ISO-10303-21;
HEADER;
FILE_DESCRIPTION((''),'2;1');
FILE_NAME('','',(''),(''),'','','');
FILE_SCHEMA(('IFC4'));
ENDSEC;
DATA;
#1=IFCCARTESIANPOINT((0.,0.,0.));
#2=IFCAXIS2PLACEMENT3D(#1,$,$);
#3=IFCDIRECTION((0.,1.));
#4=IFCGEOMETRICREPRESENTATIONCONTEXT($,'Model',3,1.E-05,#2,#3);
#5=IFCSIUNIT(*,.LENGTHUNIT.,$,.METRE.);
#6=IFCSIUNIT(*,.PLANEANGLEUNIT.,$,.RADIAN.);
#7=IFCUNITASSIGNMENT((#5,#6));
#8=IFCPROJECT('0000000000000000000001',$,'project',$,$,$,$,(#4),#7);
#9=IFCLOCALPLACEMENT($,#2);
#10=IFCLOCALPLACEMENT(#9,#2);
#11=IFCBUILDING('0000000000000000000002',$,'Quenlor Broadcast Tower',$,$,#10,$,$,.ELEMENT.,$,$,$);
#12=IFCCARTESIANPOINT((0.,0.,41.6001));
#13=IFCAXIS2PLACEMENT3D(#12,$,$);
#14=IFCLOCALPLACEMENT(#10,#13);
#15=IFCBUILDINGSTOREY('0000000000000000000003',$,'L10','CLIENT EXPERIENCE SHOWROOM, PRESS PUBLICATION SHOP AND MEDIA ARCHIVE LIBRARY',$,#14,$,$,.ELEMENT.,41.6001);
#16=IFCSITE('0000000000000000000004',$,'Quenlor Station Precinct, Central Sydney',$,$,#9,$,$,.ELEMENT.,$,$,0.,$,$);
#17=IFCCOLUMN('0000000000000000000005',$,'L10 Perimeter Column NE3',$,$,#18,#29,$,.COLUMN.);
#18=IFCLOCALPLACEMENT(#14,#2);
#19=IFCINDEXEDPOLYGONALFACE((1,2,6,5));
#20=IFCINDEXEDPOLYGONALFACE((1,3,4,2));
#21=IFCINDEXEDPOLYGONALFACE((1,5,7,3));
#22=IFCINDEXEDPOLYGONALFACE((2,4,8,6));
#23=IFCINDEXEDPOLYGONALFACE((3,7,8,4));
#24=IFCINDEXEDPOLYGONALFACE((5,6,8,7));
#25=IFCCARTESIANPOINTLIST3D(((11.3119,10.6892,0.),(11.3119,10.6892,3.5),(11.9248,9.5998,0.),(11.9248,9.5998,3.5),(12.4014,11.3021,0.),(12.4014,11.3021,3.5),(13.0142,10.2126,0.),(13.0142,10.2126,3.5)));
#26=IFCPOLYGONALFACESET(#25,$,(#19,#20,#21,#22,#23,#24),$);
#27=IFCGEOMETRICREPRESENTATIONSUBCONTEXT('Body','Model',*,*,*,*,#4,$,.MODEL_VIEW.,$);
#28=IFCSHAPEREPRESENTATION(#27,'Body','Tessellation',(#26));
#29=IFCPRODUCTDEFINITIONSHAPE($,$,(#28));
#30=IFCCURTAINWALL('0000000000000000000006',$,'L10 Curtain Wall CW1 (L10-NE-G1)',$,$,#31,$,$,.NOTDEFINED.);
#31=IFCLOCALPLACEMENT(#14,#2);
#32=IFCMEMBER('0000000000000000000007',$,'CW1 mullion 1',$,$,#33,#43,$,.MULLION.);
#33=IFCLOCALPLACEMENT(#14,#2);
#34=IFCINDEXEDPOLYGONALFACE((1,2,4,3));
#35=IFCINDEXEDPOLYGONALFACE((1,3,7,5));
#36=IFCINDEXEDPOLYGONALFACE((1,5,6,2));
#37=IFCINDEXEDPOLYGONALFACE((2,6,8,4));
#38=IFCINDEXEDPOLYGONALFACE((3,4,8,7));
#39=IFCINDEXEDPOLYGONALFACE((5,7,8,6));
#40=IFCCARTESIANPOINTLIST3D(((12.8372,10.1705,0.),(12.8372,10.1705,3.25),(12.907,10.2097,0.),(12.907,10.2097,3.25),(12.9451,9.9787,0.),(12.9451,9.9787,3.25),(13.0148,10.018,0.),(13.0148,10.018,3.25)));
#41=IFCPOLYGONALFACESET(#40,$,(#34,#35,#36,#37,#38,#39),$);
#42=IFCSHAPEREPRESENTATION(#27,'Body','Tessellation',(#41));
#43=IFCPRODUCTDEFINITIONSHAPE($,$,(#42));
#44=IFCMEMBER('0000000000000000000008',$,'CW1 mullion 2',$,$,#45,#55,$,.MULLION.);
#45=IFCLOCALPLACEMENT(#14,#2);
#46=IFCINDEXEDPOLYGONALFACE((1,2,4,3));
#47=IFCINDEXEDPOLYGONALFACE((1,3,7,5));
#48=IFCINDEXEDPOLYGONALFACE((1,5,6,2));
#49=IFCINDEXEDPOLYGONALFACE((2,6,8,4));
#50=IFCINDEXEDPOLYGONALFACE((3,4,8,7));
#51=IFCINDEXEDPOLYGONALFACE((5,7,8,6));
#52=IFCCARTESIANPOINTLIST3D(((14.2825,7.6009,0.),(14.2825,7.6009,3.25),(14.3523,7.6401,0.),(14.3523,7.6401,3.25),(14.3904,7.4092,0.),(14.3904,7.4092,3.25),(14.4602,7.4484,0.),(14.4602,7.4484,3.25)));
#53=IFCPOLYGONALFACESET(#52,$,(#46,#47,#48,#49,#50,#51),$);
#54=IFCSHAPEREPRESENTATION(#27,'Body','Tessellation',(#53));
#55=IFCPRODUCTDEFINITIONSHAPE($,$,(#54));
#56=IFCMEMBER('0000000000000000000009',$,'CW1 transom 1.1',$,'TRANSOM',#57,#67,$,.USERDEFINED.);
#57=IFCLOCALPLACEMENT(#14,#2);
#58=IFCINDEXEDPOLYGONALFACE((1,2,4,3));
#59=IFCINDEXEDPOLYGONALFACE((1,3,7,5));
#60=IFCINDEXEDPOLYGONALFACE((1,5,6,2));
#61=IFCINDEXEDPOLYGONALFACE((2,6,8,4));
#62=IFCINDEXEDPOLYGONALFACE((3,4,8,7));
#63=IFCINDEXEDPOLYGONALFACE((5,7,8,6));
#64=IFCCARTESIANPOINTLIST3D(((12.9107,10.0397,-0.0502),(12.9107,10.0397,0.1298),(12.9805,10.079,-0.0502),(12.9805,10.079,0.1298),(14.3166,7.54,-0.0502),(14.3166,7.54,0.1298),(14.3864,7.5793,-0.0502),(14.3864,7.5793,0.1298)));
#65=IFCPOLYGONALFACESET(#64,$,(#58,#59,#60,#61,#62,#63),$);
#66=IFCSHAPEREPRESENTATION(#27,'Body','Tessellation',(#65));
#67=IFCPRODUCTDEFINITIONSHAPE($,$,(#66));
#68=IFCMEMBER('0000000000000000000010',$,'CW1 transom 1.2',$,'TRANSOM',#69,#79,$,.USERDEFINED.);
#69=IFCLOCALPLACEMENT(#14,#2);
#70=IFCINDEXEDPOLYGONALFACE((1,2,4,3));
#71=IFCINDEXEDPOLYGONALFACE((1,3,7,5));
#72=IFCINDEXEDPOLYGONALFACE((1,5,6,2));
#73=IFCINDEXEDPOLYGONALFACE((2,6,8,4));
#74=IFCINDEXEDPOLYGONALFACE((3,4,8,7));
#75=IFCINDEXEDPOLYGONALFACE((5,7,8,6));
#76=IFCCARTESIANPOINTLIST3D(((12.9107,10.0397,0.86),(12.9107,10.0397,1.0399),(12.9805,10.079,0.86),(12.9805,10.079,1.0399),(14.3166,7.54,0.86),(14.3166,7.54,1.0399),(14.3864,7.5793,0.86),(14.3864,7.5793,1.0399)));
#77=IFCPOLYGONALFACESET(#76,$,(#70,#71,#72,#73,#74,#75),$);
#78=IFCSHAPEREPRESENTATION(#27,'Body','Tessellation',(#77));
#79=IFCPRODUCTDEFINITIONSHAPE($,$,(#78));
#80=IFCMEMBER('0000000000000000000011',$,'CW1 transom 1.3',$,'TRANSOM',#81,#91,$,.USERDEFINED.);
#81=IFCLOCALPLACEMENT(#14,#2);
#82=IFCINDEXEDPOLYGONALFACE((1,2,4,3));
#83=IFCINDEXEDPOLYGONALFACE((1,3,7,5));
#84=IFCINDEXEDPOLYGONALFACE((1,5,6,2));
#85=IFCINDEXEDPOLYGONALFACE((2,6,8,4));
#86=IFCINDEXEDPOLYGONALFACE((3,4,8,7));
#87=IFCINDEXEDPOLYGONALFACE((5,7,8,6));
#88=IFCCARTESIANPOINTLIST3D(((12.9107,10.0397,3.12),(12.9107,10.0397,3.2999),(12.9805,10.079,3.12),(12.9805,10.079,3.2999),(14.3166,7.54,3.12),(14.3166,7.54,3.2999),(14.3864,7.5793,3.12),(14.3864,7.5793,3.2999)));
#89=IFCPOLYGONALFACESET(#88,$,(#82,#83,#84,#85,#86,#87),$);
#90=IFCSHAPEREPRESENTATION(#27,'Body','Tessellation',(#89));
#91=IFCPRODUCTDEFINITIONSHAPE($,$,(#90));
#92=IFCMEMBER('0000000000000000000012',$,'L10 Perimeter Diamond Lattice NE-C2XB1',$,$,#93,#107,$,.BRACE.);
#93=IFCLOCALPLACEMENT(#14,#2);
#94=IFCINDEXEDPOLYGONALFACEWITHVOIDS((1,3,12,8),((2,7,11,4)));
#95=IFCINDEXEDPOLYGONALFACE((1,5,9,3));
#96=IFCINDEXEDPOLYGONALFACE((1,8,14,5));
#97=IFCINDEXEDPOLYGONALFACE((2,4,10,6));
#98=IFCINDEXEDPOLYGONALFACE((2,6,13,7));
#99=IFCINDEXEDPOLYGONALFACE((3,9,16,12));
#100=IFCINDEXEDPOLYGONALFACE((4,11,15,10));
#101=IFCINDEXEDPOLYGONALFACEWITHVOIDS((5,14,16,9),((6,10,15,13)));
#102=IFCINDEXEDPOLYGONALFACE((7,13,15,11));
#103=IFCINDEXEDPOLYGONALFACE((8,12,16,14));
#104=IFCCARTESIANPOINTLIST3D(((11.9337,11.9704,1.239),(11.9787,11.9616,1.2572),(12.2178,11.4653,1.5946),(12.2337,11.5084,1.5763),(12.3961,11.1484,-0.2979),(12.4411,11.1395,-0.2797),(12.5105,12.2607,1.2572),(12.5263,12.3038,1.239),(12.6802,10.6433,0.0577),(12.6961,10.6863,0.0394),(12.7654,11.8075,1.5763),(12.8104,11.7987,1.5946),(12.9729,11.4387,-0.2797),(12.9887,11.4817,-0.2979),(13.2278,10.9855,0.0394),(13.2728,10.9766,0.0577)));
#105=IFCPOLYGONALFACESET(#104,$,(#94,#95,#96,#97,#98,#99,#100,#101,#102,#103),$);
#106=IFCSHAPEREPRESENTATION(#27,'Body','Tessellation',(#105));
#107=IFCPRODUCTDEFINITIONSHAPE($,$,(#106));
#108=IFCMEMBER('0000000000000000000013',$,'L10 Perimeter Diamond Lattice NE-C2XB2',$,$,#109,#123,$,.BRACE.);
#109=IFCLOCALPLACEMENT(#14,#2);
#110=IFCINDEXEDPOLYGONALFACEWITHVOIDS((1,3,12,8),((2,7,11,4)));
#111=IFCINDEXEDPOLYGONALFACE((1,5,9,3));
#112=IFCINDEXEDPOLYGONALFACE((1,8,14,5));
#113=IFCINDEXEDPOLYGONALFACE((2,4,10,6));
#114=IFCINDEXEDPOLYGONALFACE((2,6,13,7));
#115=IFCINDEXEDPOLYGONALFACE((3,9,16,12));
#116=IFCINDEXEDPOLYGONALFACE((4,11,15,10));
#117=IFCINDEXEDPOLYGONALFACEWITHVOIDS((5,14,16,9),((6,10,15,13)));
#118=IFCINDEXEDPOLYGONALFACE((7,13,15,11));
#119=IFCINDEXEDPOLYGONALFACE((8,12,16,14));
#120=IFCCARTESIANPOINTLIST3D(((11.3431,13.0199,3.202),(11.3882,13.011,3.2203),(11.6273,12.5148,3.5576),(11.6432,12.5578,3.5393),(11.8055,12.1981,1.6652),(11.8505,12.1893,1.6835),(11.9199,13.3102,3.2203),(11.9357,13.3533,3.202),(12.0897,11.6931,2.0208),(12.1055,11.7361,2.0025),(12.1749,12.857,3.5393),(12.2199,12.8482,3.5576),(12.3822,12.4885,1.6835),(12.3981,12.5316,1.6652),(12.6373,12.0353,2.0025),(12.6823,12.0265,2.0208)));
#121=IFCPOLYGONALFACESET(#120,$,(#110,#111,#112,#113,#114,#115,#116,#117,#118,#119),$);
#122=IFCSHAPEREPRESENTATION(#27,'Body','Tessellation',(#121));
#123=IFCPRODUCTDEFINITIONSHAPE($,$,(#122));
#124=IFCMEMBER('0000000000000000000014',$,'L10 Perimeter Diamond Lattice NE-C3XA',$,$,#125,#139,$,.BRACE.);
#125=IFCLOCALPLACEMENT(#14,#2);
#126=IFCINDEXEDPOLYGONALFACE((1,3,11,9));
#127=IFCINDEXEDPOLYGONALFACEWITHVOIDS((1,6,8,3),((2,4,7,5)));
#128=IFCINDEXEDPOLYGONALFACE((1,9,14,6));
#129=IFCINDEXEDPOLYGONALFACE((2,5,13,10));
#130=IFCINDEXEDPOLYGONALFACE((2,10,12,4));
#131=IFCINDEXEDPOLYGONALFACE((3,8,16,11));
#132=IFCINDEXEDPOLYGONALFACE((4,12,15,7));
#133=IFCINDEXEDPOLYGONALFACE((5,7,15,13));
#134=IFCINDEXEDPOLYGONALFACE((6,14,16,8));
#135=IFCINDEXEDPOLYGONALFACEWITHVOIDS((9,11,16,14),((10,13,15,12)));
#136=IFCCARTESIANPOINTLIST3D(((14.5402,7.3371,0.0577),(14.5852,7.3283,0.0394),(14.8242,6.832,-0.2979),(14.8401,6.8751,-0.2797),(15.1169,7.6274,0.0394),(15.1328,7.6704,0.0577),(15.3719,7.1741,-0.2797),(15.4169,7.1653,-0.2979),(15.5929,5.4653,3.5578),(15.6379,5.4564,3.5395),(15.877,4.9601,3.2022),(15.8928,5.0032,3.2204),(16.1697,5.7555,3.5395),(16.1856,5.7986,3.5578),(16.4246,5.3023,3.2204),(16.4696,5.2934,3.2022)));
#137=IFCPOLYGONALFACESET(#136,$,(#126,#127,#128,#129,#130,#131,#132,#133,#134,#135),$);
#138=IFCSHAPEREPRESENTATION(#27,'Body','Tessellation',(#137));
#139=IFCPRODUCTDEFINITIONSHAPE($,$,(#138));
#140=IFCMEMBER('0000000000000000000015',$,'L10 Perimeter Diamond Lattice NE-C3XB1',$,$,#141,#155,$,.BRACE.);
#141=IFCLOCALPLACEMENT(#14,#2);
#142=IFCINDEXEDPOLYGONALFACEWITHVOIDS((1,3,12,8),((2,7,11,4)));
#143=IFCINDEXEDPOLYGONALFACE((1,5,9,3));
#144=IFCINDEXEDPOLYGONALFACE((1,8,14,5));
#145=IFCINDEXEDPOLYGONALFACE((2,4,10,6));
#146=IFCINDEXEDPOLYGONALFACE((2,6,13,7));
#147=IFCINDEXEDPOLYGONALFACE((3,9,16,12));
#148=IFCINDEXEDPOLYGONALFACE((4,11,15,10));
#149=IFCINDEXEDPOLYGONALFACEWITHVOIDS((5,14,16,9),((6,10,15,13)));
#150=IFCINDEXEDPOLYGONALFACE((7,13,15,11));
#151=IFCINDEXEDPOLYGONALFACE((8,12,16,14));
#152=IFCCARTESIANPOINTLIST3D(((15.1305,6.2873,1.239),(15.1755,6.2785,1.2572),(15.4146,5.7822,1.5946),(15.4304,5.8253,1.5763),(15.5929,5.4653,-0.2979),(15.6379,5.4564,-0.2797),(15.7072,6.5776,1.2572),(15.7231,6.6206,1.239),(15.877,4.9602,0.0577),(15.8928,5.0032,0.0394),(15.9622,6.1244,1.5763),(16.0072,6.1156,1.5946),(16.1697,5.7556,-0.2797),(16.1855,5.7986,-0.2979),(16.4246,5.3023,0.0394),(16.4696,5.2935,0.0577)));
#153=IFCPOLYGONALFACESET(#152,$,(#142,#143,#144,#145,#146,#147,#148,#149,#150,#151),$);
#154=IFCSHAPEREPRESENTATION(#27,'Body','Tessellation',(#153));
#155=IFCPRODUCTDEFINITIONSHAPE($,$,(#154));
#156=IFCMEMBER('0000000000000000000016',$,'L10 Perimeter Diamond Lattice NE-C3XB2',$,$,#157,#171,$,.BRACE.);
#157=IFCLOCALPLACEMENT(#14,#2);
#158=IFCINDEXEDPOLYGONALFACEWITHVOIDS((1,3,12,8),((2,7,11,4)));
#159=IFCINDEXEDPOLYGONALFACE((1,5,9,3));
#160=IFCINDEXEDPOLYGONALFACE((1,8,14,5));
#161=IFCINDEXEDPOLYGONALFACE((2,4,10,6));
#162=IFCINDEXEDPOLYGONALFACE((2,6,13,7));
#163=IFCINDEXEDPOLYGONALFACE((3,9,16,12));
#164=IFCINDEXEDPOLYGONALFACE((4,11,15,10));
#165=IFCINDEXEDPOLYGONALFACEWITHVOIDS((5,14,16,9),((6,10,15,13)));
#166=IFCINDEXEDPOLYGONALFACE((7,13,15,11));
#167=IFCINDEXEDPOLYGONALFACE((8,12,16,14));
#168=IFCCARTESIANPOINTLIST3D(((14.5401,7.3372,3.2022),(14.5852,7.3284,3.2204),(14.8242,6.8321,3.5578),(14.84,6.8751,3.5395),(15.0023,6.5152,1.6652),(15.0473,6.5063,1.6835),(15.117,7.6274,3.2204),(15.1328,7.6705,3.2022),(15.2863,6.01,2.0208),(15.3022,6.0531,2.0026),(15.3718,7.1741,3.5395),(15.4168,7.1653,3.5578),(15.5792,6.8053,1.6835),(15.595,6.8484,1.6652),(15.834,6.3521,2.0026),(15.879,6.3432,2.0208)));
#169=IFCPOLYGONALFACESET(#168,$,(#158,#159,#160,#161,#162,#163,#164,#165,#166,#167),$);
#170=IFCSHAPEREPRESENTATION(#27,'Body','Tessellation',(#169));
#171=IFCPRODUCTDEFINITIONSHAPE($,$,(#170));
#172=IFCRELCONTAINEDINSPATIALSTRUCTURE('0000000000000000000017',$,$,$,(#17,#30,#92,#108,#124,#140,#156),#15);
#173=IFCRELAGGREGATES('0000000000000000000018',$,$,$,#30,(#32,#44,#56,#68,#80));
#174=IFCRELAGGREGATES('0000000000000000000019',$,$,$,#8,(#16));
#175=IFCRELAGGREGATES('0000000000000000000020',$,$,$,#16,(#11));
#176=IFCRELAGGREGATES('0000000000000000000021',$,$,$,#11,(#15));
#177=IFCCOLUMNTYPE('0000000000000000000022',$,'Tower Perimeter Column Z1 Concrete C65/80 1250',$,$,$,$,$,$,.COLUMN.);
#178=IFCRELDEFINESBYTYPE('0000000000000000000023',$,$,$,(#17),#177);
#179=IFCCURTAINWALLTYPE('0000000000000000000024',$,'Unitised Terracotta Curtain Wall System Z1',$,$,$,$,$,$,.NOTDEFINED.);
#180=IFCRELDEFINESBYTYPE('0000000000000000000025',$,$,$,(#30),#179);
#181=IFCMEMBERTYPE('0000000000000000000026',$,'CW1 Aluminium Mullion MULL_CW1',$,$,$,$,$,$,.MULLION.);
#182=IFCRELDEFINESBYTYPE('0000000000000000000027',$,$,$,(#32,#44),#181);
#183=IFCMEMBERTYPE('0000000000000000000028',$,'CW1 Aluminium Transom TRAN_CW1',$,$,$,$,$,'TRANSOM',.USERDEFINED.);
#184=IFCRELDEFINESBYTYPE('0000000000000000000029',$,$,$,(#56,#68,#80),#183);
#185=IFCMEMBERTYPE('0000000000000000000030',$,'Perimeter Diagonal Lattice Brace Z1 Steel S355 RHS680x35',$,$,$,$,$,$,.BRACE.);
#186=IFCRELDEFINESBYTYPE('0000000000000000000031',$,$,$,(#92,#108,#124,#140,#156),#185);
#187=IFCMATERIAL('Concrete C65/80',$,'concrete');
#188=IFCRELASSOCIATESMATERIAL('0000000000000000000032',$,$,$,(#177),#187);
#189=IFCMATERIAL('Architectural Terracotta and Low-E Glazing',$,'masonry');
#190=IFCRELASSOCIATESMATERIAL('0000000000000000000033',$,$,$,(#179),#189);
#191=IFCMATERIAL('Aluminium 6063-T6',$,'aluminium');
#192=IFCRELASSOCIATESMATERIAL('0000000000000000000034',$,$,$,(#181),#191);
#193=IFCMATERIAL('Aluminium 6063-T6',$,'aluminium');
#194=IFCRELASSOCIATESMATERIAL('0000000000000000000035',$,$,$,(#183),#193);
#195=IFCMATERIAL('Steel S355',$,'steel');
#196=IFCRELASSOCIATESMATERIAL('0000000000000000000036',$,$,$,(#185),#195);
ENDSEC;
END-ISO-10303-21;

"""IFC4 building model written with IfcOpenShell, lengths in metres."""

from ifc_helpers import new_model, si_unit, direction, frame, origin, origin_2d, place, context, subcontext, project, spatial, rectangle, hollow_rectangle, extrude, material, material_profile, profile_set, type_object, element, aggregate, save


model = new_model("IFC4")

# Units and contexts
model_context = context("Model", 3, precision=1e-05, world=origin(), true_north=direction((0.0, 1.0)))
body_context = subcontext(model_context, "Body", "Model", "MODEL_VIEW")
ifc_project = project(units=[si_unit("LENGTHUNIT", "METRE"), si_unit("PLANEANGLEUNIT", "RADIAN")], contexts=[model_context])

# Site, building, storey
site_placement = place(None, origin())
site = spatial("IfcSite", under=ifc_project, at=site_placement, Name="Quenlor Station Precinct, Central Sydney", CompositionType="ELEMENT", RefElevation=0.0)
building_placement = place(site_placement, origin())
building = spatial("IfcBuilding", under=site, at=building_placement, Name="Quenlor Broadcast Tower", CompositionType="ELEMENT")
storey_placement = place(building_placement, frame((0.0, 0.0, 41.6001)))
storey = spatial("IfcBuildingStorey", under=building, at=storey_placement, Name="L10", Description="CLIENT EXPERIENCE SHOWROOM, PRESS PUBLICATION SHOP AND MEDIA ARCHIVE LIBRARY", CompositionType="ELEMENT", Elevation=41.6001)

# Column
ifc_material_1 = material(Name="Concrete C65/80", Category="concrete")
ifc_material_profile_1 = material_profile(ifc_material_1, rectangle(XDim=1.25, YDim=1.25, at=origin_2d()))
ifc_profile_set_1 = profile_set([ifc_material_profile_1], Name="Concrete C65/80 RC1250x1250")
column_type = type_object("IfcColumnType", Name="Tower Perimeter Column Z1 Concrete C65/80 1250", PredefinedType="COLUMN", material=ifc_profile_set_1)
column_placement = place(storey_placement, frame((12.1631, 10.4509, 0.0), z_axis=(0.0, 0.0, 1.0), x_axis=(0.871575, 0.490262, 0.0)))
element("IfcColumn", 1, at=column_placement, inside=storey, type_object=column_type, Name="L10 Perimeter Column NE3", PredefinedType="COLUMN", context=body_context, shape_type="SweptSolid", body=[
    extrude(rectangle(XDim=1.25, YDim=1.25, at=origin_2d()), origin(), (0.0, 0.0, 1.0), 3.5),
])

# Curtain wall, members
ifc_material_2 = material(Name="Architectural Terracotta and Low-E Glazing", Category="masonry")
curtain_wall_type = type_object("IfcCurtainWallType", Name="Unitised Terracotta Curtain Wall System Z1", PredefinedType="NOTDEFINED", material=ifc_material_2)
curtain_wall_placement = place(storey_placement, origin())
curtain_wall = element("IfcCurtainWall", 2, at=curtain_wall_placement, inside=storey, type_object=curtain_wall_type, Name="L10 Curtain Wall CW1 (L10-NE-G1)", PredefinedType="NOTDEFINED")
ifc_material_3 = material(Name="Aluminium 6063-T6", Category="aluminium")
ifc_material_profile_2 = material_profile(ifc_material_3, rectangle(XDim=0.0801, YDim=0.22, at=origin_2d()))
ifc_profile_set_2 = profile_set([ifc_material_profile_2], Name="Aluminium 6063-T6 MULL80x220")
member_type_1 = type_object("IfcMemberType", Name="CW1 Aluminium Mullion MULL_CW1", PredefinedType="MULLION", material=ifc_profile_set_2)
member_1_placement = place(storey_placement, frame((12.926, 10.0942, 0.0), z_axis=(0.0, 0.0, 1.0), x_axis=(0.871568, 0.490274, 0.0)))
member_1 = element("IfcMember", 3, at=member_1_placement, type_object=member_type_1, Name="CW1 mullion 1", PredefinedType="MULLION", context=body_context, shape_type="SweptSolid", body=[
    extrude(rectangle(XDim=0.0801, YDim=0.22, at=origin_2d()), origin(), (0.0, 0.0, 1.0), 3.25),
])
member_2_placement = place(storey_placement, frame((14.3713, 7.5247, 0.0), z_axis=(0.0, 0.0, 1.0), x_axis=(0.871568, 0.490274, 0.0)))
member_2 = element("IfcMember", 4, at=member_2_placement, type_object=member_type_1, Name="CW1 mullion 2", PredefinedType="MULLION", context=body_context, shape_type="SweptSolid", body=[
    extrude(rectangle(XDim=0.0801, YDim=0.22, at=origin_2d()), origin(), (0.0, 0.0, 1.0), 3.25),
])
ifc_material_4 = material(Name="Aluminium 6063-T6", Category="aluminium")
ifc_material_profile_3 = material_profile(ifc_material_4, rectangle(XDim=0.0801, YDim=0.1799, at=origin_2d()))
ifc_profile_set_3 = profile_set([ifc_material_profile_3], Name="Aluminium 6063-T6 TRAN80x180")
member_type_2 = type_object("IfcMemberType", Name="CW1 Aluminium Transom TRAN_CW1", ElementType="TRANSOM", PredefinedType="USERDEFINED", material=ifc_profile_set_3)
member_3_placement = place(storey_placement, frame((12.9456, 10.0593, 0.0398), z_axis=(0.490233, -0.871591, 0.0), x_axis=(0.871591, 0.490233, 0.0)))
member_3 = element("IfcMember", 5, at=member_3_placement, type_object=member_type_2, Name="CW1 transom 1.1", ObjectType="TRANSOM", PredefinedType="USERDEFINED", context=body_context, shape_type="SweptSolid", body=[
    extrude(rectangle(XDim=0.0801, YDim=0.1799, at=origin_2d()), origin(), (0.0, 0.0, 1.0), 2.8679),
])
member_4_placement = place(storey_placement, frame((12.9456, 10.0593, 0.95), z_axis=(0.490233, -0.871591, 0.0), x_axis=(0.871591, 0.490233, 0.0)))
member_4 = element("IfcMember", 6, at=member_4_placement, type_object=member_type_2, Name="CW1 transom 1.2", ObjectType="TRANSOM", PredefinedType="USERDEFINED", context=body_context, shape_type="SweptSolid", body=[
    extrude(rectangle(XDim=0.0801, YDim=0.1799, at=origin_2d()), origin(), (0.0, 0.0, 1.0), 2.8679),
])
member_5_placement = place(storey_placement, frame((12.9456, 10.0593, 3.21), z_axis=(0.490233, -0.871591, 0.0), x_axis=(0.871591, 0.490233, 0.0)))
member_5 = element("IfcMember", 7, at=member_5_placement, type_object=member_type_2, Name="CW1 transom 1.3", ObjectType="TRANSOM", PredefinedType="USERDEFINED", context=body_context, shape_type="SweptSolid", body=[
    extrude(rectangle(XDim=0.0801, YDim=0.1799, at=origin_2d()), origin(), (0.0, 0.0, 1.0), 2.8679),
])

# Members
ifc_material_5 = material(Name="Steel S355", Category="steel")
ifc_material_profile_4 = material_profile(ifc_material_5, hollow_rectangle(XDim=0.6799, YDim=0.6799, WallThickness=0.0349, at=origin_2d()))
ifc_profile_set_4 = profile_set([ifc_material_profile_4], Name="Steel S355 RHS680x680x35")
member_type_3 = type_object("IfcMemberType", Name="Perimeter Diagonal Lattice Brace Z1 Steel S355 RHS680x35", PredefinedType="BRACE", material=ifc_profile_set_4)
member_6_placement = place(storey_placement, frame((12.8345, 11.0625, -0.1201), z_axis=(-0.256436, 0.455871, 0.852304), x_axis=(-0.871569, -0.490274, 0.0)))
element("IfcMember", 8, at=member_6_placement, inside=storey, type_object=member_type_3, Name="L10 Perimeter Diamond Lattice NE-C2XB1", PredefinedType="BRACE", context=body_context, shape_type="SweptSolid", body=[
    extrude(hollow_rectangle(XDim=0.6799, YDim=0.6799, WallThickness=0.0349, at=origin_2d()), origin(), (0.0, 0.0, 1.0), 1.8032),
])
member_7_placement = place(storey_placement, frame((12.2439, 12.1123, 1.843), z_axis=(-0.256452, 0.455764, 0.852357), x_axis=(-0.871506, -0.490384, 0.0)))
element("IfcMember", 9, at=member_7_placement, inside=storey, type_object=member_type_3, Name="L10 Perimeter Diamond Lattice NE-C2XB2", PredefinedType="BRACE", context=body_context, shape_type="SweptSolid", body=[
    extrude(hollow_rectangle(XDim=0.6799, YDim=0.6799, WallThickness=0.0349, at=origin_2d()), origin(), (0.0, 0.0, 1.0), 1.803),
])
member_8_placement = place(storey_placement, frame((14.9785, 7.2512, -0.1201), z_axis=(0.256368, -0.455839, 0.852342), x_axis=(0.871609, 0.490202, 0.0)))
element("IfcMember", 10, at=member_8_placement, inside=storey, type_object=member_type_3, Name="L10 Perimeter Diamond Lattice NE-C3XA", PredefinedType="BRACE", context=body_context, shape_type="SweptSolid", body=[
    extrude(hollow_rectangle(XDim=0.6799, YDim=0.6799, WallThickness=0.0349, at=origin_2d()), origin(), (0.0, 0.0, 1.0), 4.1064),
])
for number, where, z_axis, x_axis, name in (
    (11, (16.0312, 5.3794, -0.1201), (-0.256436, 0.455871, 0.852304), (-0.871569, -0.490274, 0.0), "L10 Perimeter Diamond Lattice NE-C3XB1"),
    (12, (15.4407, 6.4292, 1.843), (-0.256309, 0.455887, 0.852334), (-0.871679, -0.490077, 0.0), "L10 Perimeter Diamond Lattice NE-C3XB2"),
):
    element("IfcMember", number, at=place(storey_placement, frame(where, z_axis=z_axis, x_axis=x_axis)), inside=storey, type_object=member_type_3, Name=name, PredefinedType="BRACE", context=body_context, shape_type="SweptSolid", body=[
        extrude(hollow_rectangle(XDim=0.6799, YDim=0.6799, WallThickness=0.0349, at=origin_2d()), origin(), (0.0, 0.0, 1.0), 1.8032),
    ])

aggregate(curtain_wall, [member_1, member_2, member_3, member_4, member_5])

save(model, "model.ifc")
